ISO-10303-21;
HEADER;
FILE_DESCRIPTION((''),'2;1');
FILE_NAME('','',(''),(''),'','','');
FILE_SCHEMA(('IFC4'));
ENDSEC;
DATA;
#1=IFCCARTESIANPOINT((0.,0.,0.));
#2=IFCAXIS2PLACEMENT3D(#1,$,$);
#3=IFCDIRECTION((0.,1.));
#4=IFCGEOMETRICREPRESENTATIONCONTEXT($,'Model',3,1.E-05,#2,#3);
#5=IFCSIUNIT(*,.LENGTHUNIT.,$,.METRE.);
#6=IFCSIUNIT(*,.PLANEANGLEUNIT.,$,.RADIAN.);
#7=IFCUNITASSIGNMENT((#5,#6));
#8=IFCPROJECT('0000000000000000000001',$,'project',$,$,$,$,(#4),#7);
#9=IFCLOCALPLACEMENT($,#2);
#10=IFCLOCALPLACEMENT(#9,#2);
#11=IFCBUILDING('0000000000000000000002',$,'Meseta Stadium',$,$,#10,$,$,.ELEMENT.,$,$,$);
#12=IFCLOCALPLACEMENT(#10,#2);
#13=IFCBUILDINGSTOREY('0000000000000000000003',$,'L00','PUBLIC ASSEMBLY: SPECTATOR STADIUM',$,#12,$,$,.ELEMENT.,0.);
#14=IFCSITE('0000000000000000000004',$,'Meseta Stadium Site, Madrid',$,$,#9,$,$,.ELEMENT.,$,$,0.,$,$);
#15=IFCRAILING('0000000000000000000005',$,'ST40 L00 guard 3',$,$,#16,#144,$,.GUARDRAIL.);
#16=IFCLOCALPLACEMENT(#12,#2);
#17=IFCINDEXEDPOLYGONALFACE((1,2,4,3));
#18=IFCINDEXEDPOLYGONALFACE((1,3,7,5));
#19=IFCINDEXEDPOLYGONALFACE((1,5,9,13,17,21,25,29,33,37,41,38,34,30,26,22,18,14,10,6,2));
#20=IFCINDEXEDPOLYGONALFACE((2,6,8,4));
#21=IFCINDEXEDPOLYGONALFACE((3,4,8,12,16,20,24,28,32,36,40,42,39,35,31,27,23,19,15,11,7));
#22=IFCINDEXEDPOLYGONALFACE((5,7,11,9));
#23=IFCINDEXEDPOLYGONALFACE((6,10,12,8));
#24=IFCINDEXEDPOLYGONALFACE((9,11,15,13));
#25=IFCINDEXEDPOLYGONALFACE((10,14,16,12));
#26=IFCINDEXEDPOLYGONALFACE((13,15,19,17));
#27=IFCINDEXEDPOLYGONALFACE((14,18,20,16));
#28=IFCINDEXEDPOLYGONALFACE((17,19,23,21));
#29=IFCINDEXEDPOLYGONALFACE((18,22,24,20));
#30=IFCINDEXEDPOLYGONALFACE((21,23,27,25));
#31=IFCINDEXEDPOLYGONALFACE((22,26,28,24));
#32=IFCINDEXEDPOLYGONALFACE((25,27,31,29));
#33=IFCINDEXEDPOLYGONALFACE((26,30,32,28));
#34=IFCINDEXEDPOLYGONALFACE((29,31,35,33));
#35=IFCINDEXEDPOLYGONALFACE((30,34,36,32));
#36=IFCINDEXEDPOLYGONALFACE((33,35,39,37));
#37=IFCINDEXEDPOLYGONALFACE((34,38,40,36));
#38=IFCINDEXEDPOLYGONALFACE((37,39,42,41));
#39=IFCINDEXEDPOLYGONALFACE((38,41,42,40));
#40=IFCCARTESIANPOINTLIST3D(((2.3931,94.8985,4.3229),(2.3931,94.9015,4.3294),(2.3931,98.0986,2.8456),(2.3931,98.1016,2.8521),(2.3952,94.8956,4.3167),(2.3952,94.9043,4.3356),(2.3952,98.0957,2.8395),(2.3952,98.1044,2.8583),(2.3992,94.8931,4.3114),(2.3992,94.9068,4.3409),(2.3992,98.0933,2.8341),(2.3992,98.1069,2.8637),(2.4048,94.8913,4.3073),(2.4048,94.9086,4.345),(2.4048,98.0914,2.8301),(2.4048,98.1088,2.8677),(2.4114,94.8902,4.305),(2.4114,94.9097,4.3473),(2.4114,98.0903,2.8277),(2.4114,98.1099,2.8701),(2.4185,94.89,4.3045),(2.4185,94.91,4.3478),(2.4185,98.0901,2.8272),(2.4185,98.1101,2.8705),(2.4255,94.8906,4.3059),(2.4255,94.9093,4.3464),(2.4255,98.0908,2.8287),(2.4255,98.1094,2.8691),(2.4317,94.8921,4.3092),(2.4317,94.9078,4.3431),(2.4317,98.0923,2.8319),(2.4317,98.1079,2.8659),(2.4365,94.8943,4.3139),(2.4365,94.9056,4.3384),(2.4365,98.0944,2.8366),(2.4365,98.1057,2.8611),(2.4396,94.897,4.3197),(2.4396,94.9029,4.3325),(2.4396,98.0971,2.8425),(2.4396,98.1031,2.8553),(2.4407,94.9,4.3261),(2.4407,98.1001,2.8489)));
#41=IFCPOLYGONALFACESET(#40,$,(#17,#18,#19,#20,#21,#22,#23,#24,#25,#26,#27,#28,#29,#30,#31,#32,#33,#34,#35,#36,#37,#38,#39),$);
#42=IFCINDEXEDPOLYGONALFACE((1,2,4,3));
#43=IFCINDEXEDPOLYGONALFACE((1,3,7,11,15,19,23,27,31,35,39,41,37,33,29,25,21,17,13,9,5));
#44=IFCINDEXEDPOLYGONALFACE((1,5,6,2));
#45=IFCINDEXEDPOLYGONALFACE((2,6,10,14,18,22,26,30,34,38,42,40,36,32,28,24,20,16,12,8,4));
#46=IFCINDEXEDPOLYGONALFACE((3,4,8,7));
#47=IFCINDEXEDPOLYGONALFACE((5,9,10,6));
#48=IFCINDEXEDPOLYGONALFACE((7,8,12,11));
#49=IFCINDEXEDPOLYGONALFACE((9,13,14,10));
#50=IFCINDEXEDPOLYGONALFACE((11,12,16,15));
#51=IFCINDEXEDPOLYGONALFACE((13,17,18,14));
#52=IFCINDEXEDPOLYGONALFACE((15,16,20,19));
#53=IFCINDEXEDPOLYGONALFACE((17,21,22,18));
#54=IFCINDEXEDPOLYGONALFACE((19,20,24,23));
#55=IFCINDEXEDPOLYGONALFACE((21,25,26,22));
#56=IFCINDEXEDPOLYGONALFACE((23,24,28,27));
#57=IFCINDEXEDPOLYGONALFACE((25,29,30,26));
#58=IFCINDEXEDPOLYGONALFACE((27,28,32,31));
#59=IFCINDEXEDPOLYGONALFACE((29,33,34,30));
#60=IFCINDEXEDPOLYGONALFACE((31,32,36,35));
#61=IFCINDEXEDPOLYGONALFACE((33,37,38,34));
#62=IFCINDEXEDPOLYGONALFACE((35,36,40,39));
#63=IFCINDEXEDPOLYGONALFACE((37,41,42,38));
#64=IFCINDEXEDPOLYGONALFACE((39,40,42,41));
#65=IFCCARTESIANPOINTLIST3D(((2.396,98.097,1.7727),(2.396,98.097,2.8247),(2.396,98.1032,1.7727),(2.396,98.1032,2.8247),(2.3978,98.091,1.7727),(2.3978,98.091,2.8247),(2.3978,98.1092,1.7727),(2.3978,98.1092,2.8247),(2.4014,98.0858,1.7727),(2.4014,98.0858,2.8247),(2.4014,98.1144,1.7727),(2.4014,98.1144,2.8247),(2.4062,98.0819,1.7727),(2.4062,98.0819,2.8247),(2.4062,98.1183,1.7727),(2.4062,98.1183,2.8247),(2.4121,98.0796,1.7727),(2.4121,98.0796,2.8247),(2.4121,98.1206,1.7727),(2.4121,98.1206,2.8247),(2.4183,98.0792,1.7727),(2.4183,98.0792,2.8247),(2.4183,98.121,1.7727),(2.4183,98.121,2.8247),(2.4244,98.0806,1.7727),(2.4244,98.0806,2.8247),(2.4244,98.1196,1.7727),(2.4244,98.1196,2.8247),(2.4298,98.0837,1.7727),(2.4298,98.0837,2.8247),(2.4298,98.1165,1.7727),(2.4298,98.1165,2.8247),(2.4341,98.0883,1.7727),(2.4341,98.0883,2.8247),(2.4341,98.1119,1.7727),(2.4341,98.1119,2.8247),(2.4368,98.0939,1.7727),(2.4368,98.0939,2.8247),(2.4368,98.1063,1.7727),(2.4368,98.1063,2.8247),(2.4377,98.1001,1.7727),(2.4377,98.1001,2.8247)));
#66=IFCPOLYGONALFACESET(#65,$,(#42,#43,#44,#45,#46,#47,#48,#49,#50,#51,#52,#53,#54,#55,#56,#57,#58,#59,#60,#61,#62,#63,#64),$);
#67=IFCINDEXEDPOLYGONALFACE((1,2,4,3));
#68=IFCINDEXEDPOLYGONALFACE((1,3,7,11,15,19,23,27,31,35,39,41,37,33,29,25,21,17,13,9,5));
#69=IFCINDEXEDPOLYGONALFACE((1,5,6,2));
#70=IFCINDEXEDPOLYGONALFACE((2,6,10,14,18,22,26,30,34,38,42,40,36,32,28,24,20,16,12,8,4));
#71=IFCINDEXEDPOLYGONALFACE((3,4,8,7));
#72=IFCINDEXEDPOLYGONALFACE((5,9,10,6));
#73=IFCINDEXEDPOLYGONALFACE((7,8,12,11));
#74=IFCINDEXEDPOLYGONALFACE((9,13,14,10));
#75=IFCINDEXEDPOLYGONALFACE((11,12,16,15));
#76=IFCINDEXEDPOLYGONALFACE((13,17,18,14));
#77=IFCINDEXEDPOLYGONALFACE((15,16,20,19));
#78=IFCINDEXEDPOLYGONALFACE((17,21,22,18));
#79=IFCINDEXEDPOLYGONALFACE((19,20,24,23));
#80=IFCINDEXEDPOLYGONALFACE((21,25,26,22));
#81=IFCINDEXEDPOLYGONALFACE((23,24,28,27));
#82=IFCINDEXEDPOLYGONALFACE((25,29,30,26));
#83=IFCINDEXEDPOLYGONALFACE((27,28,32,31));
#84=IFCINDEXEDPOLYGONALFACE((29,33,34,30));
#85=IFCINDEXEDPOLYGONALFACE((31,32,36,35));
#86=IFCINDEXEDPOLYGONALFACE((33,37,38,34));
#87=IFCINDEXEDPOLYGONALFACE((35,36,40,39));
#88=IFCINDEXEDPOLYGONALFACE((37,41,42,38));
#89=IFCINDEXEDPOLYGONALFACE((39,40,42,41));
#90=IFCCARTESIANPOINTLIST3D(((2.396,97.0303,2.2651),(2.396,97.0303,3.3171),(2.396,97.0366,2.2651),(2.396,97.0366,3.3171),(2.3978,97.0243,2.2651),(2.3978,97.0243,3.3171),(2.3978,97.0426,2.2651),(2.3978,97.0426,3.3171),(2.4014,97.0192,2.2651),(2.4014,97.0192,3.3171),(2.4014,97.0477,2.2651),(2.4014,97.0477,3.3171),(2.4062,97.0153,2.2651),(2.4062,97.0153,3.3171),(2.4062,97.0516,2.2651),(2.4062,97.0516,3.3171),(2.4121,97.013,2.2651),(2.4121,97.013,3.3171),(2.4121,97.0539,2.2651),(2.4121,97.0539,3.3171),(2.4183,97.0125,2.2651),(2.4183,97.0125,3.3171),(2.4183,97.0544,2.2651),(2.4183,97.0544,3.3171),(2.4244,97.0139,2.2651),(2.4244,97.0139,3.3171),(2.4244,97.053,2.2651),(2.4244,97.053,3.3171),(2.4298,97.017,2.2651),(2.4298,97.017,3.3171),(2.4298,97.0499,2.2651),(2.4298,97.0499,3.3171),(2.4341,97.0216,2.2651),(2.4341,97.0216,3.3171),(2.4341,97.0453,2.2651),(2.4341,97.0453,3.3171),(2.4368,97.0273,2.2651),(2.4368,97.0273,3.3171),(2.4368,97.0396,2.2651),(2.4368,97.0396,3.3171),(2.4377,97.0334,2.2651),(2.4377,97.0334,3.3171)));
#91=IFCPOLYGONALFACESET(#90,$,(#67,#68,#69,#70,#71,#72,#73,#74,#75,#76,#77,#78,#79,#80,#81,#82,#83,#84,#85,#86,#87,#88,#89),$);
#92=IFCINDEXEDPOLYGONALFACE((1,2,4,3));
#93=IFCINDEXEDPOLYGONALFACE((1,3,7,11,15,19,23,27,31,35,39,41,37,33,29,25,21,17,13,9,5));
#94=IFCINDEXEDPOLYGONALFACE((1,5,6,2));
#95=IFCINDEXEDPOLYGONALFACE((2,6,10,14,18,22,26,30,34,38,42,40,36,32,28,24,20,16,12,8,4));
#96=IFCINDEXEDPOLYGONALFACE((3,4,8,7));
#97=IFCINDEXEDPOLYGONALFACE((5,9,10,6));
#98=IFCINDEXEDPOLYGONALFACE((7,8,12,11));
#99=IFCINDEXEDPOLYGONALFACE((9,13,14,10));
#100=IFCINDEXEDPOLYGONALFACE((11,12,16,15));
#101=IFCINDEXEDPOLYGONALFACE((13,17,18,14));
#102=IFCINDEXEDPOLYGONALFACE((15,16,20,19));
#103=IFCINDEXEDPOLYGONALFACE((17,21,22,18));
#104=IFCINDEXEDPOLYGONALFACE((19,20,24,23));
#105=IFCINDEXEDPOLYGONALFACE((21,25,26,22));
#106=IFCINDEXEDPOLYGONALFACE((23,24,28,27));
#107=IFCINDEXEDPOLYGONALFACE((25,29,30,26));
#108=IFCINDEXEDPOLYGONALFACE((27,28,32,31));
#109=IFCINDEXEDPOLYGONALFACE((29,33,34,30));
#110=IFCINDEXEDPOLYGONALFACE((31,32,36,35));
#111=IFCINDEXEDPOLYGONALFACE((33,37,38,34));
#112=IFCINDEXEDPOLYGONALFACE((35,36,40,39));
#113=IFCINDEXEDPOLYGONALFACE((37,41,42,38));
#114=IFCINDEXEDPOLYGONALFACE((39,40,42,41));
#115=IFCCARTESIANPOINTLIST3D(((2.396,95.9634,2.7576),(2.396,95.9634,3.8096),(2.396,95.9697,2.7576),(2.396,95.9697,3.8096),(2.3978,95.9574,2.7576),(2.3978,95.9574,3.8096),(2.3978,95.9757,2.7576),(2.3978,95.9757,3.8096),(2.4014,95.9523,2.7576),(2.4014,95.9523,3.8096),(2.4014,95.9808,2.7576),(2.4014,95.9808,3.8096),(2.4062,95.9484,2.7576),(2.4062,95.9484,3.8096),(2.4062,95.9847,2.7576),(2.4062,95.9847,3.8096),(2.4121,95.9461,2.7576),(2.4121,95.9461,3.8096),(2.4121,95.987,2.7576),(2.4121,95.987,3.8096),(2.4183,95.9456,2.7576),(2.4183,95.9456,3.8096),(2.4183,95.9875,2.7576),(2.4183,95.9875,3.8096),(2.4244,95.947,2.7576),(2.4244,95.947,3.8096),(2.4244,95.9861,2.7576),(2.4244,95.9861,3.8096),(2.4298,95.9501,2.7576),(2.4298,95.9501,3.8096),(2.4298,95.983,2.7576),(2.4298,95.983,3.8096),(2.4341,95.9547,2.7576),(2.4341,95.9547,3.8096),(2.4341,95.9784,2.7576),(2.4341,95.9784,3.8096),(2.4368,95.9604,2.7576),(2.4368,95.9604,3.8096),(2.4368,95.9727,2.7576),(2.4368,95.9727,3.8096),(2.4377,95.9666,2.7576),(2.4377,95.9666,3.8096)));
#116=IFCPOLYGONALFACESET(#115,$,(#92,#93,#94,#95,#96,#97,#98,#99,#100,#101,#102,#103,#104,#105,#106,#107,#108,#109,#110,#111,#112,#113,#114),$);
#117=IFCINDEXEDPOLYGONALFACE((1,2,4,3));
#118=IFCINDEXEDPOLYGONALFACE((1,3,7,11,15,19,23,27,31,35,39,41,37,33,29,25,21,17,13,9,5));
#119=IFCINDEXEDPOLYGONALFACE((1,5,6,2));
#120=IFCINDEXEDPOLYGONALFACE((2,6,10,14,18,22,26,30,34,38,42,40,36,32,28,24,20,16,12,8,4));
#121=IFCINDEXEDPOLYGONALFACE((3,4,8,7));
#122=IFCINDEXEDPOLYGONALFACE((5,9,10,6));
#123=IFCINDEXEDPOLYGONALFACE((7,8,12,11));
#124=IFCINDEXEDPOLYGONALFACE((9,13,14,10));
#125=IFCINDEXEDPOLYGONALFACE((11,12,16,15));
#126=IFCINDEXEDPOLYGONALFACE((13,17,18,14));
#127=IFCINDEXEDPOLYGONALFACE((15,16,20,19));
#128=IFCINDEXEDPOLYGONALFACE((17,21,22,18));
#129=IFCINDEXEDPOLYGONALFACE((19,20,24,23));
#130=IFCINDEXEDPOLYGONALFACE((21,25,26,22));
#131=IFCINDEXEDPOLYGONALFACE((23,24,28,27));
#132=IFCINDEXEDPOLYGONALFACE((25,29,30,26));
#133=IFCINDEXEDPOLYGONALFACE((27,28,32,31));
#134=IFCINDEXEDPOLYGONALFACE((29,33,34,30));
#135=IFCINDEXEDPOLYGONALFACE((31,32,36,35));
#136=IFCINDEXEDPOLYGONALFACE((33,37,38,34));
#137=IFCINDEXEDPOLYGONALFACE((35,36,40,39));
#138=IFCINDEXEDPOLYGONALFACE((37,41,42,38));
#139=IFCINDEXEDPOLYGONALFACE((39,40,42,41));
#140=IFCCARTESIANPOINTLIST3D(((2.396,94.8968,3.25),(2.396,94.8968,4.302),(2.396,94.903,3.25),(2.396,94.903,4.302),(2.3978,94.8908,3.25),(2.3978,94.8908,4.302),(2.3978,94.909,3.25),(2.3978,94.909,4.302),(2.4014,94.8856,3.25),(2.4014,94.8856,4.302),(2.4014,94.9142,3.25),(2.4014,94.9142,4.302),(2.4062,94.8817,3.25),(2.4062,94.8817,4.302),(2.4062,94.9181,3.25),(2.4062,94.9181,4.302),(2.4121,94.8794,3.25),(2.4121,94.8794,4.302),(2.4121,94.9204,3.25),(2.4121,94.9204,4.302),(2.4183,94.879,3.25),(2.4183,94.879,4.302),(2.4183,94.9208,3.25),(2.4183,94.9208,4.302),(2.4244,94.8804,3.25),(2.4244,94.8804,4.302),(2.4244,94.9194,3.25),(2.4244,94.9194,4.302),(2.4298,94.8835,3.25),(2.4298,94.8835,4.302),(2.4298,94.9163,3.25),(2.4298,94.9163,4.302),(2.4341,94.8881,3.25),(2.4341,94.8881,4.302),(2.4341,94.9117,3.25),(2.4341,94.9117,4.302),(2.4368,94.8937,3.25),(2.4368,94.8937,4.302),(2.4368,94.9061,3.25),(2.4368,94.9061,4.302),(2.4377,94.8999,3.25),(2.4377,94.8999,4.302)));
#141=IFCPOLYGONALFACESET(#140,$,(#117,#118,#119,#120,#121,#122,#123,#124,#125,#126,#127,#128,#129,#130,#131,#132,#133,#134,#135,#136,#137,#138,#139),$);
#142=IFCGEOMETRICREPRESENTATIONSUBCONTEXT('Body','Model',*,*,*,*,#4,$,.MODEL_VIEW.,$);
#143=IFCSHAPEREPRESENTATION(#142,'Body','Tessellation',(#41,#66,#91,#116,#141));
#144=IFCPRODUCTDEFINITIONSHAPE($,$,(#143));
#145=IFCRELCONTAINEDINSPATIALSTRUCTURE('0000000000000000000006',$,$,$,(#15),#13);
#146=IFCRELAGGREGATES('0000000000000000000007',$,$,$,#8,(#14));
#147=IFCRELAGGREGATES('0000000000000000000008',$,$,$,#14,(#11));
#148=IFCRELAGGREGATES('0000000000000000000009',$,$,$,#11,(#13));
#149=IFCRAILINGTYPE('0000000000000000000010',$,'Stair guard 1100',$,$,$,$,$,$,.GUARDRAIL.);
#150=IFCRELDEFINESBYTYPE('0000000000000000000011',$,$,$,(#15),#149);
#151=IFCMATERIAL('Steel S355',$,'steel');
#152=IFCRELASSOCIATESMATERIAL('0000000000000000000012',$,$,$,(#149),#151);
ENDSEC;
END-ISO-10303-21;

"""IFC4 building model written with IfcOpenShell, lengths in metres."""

from ifc_helpers import new_model, si_unit, direction, frame, origin, origin_2d, place, context, subcontext, project, spatial, circle, extrude, material, type_object, element, save


model = new_model("IFC4")

# Units and contexts
model_context = context("Model", 3, precision=1e-05, world=origin(), true_north=direction((0.0, 1.0)))
body_context = subcontext(model_context, "Body", "Model", "MODEL_VIEW")
ifc_project = project(units=[si_unit("LENGTHUNIT", "METRE"), si_unit("PLANEANGLEUNIT", "RADIAN")], contexts=[model_context])

# Site, building, storey
site_placement = place(None, origin())
site = spatial("IfcSite", under=ifc_project, at=site_placement, Name="Meseta Stadium Site, Madrid", CompositionType="ELEMENT", RefElevation=0.0)
building_placement = place(site_placement, origin())
building = spatial("IfcBuilding", under=site, at=building_placement, Name="Meseta Stadium", CompositionType="ELEMENT")
storey_placement = place(building_placement, origin())
storey = spatial("IfcBuildingStorey", under=building, at=storey_placement, Name="L00", Description="PUBLIC ASSEMBLY: SPECTATOR STADIUM", CompositionType="ELEMENT", Elevation=0.0)

# Railing
ifc_material_1 = material(Name="Steel S355", Category="steel")
railing_type_1 = type_object("IfcRailingType", Name="Stair guard 1100", PredefinedType="GUARDRAIL", material=ifc_material_1)
railing_1_placement = place(storey_placement, frame((2.4167, 98.1001, 1.7727)))
element("IfcRailing", 1, at=railing_1_placement, inside=storey, type_object=railing_type_1, Name="ST40 L00 guard 3", PredefinedType="GUARDRAIL", context=body_context, shape_type="SweptSolid", body=[
    extrude(circle(Radius=0.0239, at=origin_2d()), frame((0.0, 0.0, 1.0762), z_axis=(0.0, -0.907929, 0.419124), x_axis=(1.0, 0.0, 0.0)), (0.0, 0.0, 1.0), 3.5247),
    extrude(circle(Radius=0.021, at=origin_2d()), origin(), (0.0, 0.0, 1.0), 1.052),
    extrude(circle(Radius=0.021, at=origin_2d()), frame((0.0, -1.0667, 0.4924)), (0.0, 0.0, 1.0), 1.052),
    extrude(circle(Radius=0.021, at=origin_2d()), frame((0.0, -2.1335, 0.9849)), (0.0, 0.0, 1.0), 1.052),
    extrude(circle(Radius=0.021, at=origin_2d()), frame((0.0, -3.2002, 1.4773)), (0.0, 0.0, 1.0), 1.052),
])

save(model, "model.ifc")
